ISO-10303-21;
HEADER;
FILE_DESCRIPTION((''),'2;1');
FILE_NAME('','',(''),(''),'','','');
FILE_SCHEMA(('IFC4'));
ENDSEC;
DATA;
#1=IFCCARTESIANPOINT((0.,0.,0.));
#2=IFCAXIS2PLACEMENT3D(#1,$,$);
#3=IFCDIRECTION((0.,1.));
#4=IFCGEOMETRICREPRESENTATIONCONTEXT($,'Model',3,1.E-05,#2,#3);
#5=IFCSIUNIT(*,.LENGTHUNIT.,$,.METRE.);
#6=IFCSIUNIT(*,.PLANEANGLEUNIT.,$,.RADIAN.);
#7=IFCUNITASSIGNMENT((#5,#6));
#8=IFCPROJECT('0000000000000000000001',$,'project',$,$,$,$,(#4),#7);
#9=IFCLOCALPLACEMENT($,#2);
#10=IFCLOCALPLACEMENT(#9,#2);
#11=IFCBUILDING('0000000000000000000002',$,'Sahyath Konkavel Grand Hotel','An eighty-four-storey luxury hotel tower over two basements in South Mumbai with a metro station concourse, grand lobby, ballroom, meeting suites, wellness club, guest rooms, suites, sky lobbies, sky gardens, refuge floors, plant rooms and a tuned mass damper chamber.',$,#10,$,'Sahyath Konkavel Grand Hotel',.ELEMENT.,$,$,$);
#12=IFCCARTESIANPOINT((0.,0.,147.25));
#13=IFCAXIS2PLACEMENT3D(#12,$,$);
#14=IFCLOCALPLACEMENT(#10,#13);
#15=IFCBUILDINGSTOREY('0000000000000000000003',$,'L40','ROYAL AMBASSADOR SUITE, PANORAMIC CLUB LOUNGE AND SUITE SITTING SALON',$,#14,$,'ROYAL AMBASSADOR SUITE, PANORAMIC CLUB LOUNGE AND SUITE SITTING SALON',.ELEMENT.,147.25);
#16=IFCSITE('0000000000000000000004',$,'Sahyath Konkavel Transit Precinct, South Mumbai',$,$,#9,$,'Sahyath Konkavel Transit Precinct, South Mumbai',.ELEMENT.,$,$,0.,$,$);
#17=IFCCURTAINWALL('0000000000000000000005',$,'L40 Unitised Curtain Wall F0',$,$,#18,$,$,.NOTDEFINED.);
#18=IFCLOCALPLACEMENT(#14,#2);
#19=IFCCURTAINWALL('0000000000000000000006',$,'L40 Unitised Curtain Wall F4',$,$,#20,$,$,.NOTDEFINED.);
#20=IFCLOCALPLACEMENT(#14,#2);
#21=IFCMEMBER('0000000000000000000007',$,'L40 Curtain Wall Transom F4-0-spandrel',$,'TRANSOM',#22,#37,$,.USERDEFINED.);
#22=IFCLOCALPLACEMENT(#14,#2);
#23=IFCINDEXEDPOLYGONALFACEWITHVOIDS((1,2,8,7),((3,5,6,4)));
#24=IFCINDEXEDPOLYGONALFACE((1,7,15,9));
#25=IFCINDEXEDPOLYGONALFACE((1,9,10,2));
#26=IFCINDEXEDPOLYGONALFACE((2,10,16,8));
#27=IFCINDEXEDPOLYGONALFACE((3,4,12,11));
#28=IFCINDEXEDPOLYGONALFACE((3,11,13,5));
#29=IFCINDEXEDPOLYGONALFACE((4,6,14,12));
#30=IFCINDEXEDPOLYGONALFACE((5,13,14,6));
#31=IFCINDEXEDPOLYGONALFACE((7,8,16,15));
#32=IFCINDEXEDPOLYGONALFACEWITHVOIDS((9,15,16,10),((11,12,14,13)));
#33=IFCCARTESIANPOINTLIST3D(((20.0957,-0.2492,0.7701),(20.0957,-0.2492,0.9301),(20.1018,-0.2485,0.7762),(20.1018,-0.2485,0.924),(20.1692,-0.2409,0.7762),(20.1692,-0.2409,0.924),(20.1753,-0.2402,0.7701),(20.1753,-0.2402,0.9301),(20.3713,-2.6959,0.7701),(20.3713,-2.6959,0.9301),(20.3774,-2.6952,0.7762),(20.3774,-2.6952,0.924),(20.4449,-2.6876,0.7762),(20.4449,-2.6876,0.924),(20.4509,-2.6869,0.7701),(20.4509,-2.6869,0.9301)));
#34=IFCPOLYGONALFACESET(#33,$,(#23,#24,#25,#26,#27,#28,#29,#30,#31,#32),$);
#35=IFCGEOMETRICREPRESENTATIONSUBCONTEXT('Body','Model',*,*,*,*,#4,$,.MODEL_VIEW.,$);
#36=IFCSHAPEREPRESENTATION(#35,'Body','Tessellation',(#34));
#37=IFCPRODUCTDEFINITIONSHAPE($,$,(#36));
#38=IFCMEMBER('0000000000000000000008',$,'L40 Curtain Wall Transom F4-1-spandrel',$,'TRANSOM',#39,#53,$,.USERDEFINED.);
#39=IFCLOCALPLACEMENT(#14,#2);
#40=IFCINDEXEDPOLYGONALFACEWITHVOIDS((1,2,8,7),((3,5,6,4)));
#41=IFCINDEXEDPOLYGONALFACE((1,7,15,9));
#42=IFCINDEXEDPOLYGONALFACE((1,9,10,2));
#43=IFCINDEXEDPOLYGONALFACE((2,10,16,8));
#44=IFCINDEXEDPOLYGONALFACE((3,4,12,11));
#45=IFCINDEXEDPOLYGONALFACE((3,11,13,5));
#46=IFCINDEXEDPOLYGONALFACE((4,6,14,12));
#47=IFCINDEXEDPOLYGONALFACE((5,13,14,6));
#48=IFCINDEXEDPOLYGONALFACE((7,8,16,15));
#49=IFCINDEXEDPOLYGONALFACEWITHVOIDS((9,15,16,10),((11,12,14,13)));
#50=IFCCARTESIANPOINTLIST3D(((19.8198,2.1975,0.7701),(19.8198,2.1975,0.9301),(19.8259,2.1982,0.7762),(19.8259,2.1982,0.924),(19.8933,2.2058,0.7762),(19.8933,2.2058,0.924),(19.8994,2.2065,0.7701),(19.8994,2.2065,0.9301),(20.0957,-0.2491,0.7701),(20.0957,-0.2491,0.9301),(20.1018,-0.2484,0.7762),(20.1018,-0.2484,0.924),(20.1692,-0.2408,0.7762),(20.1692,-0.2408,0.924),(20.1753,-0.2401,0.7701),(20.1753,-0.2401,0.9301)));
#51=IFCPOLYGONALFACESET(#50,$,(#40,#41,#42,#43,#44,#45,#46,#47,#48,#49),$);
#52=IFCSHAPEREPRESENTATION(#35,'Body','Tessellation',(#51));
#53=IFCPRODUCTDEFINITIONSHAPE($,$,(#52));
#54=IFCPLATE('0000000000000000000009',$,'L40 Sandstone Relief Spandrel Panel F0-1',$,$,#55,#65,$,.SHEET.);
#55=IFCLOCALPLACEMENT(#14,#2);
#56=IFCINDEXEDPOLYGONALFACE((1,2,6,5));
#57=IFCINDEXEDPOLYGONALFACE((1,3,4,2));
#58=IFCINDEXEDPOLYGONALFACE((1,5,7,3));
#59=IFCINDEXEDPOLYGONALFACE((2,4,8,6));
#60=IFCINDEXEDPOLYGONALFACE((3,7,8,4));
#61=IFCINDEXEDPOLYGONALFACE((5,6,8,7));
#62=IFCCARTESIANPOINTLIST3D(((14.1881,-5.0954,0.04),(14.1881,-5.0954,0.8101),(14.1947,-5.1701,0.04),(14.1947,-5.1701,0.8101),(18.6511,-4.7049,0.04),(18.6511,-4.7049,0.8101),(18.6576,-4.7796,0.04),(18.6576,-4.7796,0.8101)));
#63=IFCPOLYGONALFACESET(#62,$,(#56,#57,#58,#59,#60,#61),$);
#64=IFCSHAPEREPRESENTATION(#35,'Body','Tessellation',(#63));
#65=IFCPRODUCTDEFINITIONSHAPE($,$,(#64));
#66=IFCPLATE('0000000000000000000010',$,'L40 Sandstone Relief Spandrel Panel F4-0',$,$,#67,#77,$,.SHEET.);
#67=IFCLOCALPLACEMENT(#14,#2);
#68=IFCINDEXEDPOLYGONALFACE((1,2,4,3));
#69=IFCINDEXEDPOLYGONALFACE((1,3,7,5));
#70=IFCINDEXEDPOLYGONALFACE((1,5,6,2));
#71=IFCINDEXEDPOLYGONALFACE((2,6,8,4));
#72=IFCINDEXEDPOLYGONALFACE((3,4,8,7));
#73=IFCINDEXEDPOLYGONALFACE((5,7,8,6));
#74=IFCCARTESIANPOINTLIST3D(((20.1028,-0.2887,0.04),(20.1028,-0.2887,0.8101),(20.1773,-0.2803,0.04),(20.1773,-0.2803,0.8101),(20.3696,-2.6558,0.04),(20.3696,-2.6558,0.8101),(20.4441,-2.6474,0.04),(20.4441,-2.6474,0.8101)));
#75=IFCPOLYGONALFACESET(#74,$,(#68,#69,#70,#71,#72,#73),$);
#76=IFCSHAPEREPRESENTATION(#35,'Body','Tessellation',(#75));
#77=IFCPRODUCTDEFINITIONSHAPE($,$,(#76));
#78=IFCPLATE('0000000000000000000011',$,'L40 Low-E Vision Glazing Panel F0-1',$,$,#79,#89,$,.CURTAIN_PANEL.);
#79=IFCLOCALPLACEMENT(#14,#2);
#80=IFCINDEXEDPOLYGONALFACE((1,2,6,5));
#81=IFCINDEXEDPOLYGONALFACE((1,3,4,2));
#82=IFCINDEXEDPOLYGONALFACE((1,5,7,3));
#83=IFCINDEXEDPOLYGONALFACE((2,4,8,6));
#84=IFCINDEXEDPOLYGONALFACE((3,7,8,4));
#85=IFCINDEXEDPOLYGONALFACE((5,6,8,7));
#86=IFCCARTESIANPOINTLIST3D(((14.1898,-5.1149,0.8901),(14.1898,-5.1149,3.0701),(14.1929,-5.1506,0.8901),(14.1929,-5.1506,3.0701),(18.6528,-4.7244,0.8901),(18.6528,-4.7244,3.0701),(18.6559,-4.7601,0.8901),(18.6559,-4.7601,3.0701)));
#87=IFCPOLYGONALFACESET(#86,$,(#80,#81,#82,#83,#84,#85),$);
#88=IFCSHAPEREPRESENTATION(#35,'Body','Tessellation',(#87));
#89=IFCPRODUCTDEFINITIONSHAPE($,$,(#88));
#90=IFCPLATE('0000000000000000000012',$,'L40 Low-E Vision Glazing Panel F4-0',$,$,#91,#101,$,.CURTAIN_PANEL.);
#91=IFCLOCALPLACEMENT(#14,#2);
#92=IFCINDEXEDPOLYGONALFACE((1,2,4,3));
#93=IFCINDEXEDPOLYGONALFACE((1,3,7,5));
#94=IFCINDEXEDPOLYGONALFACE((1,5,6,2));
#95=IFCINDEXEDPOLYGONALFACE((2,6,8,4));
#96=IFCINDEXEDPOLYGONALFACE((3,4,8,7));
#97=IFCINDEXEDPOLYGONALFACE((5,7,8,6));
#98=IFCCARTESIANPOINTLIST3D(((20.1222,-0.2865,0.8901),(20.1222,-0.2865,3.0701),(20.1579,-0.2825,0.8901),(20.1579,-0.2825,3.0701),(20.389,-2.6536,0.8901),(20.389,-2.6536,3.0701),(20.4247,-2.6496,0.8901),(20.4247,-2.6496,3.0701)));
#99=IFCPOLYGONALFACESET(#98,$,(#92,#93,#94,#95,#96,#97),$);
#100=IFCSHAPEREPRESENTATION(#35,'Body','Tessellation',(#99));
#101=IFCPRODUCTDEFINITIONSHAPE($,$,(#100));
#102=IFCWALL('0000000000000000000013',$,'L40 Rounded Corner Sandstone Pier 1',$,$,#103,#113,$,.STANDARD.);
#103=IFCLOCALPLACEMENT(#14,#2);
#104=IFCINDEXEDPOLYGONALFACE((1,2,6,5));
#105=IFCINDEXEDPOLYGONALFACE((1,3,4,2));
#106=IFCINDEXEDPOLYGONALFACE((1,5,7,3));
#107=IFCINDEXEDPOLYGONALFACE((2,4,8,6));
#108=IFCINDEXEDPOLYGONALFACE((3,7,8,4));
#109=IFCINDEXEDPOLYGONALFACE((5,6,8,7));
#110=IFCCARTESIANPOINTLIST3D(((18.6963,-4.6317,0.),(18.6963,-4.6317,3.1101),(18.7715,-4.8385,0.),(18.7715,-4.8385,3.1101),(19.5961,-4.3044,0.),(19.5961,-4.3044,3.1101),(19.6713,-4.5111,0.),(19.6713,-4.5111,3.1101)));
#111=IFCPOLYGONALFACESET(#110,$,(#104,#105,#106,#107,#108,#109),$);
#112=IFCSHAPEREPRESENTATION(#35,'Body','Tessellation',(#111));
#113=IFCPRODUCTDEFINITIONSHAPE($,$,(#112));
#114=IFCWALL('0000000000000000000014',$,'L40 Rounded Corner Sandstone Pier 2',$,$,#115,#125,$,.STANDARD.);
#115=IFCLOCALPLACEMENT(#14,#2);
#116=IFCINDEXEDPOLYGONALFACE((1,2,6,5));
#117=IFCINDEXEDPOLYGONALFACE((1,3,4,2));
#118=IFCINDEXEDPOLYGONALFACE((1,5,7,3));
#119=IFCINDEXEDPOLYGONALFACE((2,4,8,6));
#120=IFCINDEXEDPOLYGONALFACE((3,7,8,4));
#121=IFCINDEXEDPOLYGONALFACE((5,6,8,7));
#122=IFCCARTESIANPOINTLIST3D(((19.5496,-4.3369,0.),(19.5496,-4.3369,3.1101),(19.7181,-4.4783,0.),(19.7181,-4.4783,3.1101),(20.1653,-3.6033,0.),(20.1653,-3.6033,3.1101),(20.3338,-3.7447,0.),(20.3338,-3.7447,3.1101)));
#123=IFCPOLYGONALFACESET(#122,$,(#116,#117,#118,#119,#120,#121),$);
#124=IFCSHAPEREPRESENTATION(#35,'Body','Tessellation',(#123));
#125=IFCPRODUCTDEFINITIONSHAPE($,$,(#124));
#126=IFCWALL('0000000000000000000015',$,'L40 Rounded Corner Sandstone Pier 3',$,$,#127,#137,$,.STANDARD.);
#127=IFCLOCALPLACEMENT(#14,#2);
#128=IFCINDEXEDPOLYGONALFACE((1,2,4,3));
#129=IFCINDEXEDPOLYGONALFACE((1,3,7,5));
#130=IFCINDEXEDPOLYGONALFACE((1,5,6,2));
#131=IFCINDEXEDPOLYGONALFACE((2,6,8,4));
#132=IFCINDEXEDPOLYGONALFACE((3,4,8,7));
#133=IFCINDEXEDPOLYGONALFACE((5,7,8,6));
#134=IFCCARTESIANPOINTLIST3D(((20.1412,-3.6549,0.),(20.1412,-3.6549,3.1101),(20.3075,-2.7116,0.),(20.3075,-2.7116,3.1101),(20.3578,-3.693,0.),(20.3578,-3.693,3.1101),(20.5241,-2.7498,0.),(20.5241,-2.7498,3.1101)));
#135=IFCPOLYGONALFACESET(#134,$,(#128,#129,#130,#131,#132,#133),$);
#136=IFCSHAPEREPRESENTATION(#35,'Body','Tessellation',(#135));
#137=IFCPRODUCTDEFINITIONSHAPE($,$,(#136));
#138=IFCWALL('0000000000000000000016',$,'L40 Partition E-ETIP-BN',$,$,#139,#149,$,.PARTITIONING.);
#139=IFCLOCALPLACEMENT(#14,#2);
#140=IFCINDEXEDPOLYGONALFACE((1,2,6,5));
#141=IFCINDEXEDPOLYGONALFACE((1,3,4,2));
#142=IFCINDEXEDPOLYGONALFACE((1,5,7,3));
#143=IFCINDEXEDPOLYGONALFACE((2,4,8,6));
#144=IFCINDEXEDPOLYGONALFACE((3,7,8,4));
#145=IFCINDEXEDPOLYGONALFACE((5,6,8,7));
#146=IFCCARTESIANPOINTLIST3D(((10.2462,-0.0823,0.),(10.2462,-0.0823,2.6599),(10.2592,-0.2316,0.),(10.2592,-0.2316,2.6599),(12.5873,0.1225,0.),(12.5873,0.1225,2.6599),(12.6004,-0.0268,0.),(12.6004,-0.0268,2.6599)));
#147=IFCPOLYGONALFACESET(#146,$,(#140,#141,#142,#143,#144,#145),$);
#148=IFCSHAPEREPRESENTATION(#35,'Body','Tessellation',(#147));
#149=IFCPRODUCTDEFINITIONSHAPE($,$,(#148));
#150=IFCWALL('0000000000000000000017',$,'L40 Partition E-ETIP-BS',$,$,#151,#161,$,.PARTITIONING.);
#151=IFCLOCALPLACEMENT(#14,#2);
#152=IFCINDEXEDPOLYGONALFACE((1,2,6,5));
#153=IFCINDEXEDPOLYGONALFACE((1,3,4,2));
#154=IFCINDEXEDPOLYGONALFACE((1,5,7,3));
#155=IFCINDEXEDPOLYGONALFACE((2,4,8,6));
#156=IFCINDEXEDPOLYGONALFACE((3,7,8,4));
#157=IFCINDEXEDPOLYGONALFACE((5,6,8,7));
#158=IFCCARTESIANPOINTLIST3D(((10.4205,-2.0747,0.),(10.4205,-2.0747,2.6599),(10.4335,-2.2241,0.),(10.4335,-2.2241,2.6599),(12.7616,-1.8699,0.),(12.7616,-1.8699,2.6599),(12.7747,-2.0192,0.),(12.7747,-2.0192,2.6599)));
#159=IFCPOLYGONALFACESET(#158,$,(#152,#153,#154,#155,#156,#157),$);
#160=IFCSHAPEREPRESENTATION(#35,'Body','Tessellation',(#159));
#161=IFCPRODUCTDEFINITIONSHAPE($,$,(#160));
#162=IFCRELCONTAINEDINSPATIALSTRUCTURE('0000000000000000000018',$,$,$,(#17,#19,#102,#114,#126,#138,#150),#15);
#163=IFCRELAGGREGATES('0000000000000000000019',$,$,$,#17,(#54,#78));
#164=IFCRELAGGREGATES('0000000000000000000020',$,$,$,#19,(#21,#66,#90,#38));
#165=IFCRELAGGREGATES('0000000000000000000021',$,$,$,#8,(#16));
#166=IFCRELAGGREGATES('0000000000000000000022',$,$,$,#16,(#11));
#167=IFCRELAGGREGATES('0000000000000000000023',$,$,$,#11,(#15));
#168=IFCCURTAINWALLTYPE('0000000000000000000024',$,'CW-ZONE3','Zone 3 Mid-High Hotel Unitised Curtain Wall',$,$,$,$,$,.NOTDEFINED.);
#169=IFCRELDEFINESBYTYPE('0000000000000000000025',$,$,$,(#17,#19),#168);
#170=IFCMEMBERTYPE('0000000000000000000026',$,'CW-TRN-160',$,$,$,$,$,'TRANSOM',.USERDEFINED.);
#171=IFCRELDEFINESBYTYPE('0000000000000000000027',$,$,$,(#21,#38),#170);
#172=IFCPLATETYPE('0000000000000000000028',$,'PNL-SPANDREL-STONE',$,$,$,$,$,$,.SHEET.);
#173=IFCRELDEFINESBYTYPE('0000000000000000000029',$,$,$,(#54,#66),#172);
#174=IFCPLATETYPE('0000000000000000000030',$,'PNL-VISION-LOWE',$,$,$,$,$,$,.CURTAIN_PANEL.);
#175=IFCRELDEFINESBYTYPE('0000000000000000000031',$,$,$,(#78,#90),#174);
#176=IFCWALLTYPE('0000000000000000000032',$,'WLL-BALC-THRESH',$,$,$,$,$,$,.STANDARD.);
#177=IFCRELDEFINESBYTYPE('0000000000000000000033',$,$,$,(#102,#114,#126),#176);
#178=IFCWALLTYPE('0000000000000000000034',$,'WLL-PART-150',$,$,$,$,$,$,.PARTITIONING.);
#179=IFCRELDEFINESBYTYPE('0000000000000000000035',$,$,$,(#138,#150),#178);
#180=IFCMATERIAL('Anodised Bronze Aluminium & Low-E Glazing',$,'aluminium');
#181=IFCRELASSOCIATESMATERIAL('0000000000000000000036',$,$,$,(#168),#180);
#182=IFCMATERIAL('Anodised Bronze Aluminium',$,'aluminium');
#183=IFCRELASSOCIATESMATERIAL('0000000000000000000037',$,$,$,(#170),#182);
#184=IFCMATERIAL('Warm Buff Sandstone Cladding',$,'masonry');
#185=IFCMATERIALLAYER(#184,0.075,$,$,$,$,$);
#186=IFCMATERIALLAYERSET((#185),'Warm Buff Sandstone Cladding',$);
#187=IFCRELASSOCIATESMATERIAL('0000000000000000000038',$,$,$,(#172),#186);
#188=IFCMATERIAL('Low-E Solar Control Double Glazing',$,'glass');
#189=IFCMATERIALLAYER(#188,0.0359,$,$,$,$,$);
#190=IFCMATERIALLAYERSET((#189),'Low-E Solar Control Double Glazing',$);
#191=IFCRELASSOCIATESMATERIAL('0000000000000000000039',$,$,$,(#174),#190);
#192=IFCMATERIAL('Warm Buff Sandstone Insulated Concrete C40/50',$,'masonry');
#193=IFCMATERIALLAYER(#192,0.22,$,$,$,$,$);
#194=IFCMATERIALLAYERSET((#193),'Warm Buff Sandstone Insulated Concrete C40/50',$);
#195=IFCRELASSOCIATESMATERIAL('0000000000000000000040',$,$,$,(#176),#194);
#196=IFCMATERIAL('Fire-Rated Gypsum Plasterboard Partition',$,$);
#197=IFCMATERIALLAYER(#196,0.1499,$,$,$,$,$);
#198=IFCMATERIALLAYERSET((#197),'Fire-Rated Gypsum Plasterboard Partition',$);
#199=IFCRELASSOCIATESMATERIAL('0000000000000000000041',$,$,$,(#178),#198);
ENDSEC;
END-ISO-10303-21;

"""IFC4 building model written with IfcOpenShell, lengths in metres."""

from ifc_helpers import new_model, si_unit, direction, frame, frame_2d, origin, origin_2d, place, context, subcontext, project, spatial, rectangle, hollow_rectangle, extrude, source, transform, mapped, material, layer, layer_set, material_profile, profile_set, type_object, element, aggregate, save


model = new_model("IFC4")

# Units and contexts
model_context = context("Model", 3, precision=1e-05, world=origin(), true_north=direction((0.0, 1.0)))
body_context = subcontext(model_context, "Body", "Model", "MODEL_VIEW")
ifc_project = project(units=[si_unit("LENGTHUNIT", "METRE"), si_unit("PLANEANGLEUNIT", "RADIAN")], contexts=[model_context])

# Site, building, storey
site_placement = place(None, origin())
site = spatial("IfcSite", under=ifc_project, at=site_placement, Name="Sahyath Konkavel Transit Precinct, South Mumbai", LongName="Sahyath Konkavel Transit Precinct, South Mumbai", CompositionType="ELEMENT", RefElevation=0.0)
building_placement = place(site_placement, origin())
building = spatial("IfcBuilding", under=site, at=building_placement, Name="Sahyath Konkavel Grand Hotel", Description="An eighty-four-storey luxury hotel tower over two basements in South Mumbai with a metro station concourse, grand lobby, ballroom, meeting suites, wellness club, guest rooms, suites, sky lobbies, sky gardens, refuge floors, plant rooms and a tuned mass damper chamber.", LongName="Sahyath Konkavel Grand Hotel", CompositionType="ELEMENT")
storey_placement = place(building_placement, frame((0.0, 0.0, 147.25)))
storey = spatial("IfcBuildingStorey", under=building, at=storey_placement, Name="L40", Description="ROYAL AMBASSADOR SUITE, PANORAMIC CLUB LOUNGE AND SUITE SITTING SALON", LongName="ROYAL AMBASSADOR SUITE, PANORAMIC CLUB LOUNGE AND SUITE SITTING SALON", CompositionType="ELEMENT", Elevation=147.25)

# Curtain wall
ifc_material_1 = material(Name="Anodised Bronze Aluminium & Low-E Glazing", Category="aluminium")
curtain_wall_type = type_object("IfcCurtainWallType", Name="CW-ZONE3", Description="Zone 3 Mid-High Hotel Unitised Curtain Wall", PredefinedType="NOTDEFINED", material=ifc_material_1)
curtain_wall_1_placement = place(storey_placement, origin())
curtain_wall_1 = element("IfcCurtainWall", 1, at=curtain_wall_1_placement, inside=storey, type_object=curtain_wall_type, Name="L40 Unitised Curtain Wall F0", PredefinedType="NOTDEFINED")
ifc_material_2 = material(Name="Anodised Bronze Aluminium", Category="aluminium")

# Curtain wall
curtain_wall_2_placement = place(storey_placement, origin())
curtain_wall_2 = element("IfcCurtainWall", 2, at=curtain_wall_2_placement, inside=storey, type_object=curtain_wall_type, Name="L40 Unitised Curtain Wall F4", PredefinedType="NOTDEFINED")

# Members
ifc_material_profile_1 = material_profile(ifc_material_2, hollow_rectangle(XDim=0.0801, YDim=0.1599, WallThickness=0.0061, at=origin_2d()), Name="RHS 160x80x6")
ifc_profile_set_1 = profile_set([ifc_material_profile_1], Name="Anodised Bronze Aluminium")
member_type_1 = type_object("IfcMemberType", Name="CW-TRN-160", ElementType="TRANSOM", PredefinedType="USERDEFINED", material=ifc_profile_set_1)
shared_shape_1 = source(origin(), body_context, "Body", "SweptSolid", [
    extrude(hollow_rectangle(XDim=0.0801, YDim=0.1599, WallThickness=0.0061, at=origin_2d()), origin(), (0.0, 0.0, 1.0), 2.4622),
])
member_1_placement = place(storey_placement, frame((20.4111, -2.6914, 0.8501), z_axis=(-0.111944, 0.993715, 0.0), x_axis=(-0.993715, -0.111944, 0.0)))
member_1 = element("IfcMember", 3, at=member_1_placement, type_object=member_type_1, Name="L40 Curtain Wall Transom F4-0-spandrel", ObjectType="TRANSOM", PredefinedType="USERDEFINED", context=body_context, shape_type="MappedRepresentation", body=[
    mapped(shared_shape_1, transform((0.0, 0.0, 0.0), scale=1.0)),
])
member_2_placement = place(storey_placement, frame((20.1355, -0.2446, 0.8501), z_axis=(-0.112053, 0.993702, 0.0), x_axis=(-0.993702, -0.112053, 0.0)))
member_2 = element("IfcMember", 4, at=member_2_placement, type_object=member_type_1, Name="L40 Curtain Wall Transom F4-1-spandrel", ObjectType="TRANSOM", PredefinedType="USERDEFINED", context=body_context, shape_type="MappedRepresentation", body=[
    mapped(shared_shape_1, transform((0.0, 0.0, 0.0), scale=1.0)),
])

# Plates
ifc_material_3 = material(Name="Warm Buff Sandstone Cladding", Category="masonry")
ifc_layer_1 = layer(ifc_material_3, 0.075)
ifc_layer_set_1 = layer_set([ifc_layer_1], Name="Warm Buff Sandstone Cladding")
plate_type_1 = type_object("IfcPlateType", Name="PNL-SPANDREL-STONE", PredefinedType="SHEET", material=ifc_layer_set_1)
shared_shape_2 = source(origin(), body_context, "Body", "SweptSolid", [
    extrude(rectangle(XDim=4.48, YDim=0.075, at=origin_2d()), origin(), (0.0, 0.0, 1.0), 0.77),
])
plate_1_placement = place(storey_placement, frame((16.4229, -4.9375, 0.04), z_axis=(0.0, 0.0, 1.0), x_axis=(0.996195, 0.087156, 0.0)))
plate_1 = element("IfcPlate", 5, at=plate_1_placement, type_object=plate_type_1, Name="L40 Sandstone Relief Spandrel Panel F0-1", PredefinedType="SHEET", context=body_context, shape_type="MappedRepresentation", body=[
    mapped(shared_shape_2, transform((0.0, 0.0, 0.0), scale=1.0)),
])
shared_shape_3 = source(origin(), body_context, "Body", "SweptSolid", [
    extrude(rectangle(XDim=2.3821, YDim=0.075, at=origin_2d()), origin(), (0.0, 0.0, 1.0), 0.77),
])
plate_2_placement = place(storey_placement, frame((20.2734, -1.468, 0.04), z_axis=(0.0, 0.0, 1.0), x_axis=(-0.111989, 0.993709, 0.0)))
plate_2 = element("IfcPlate", 6, at=plate_2_placement, type_object=plate_type_1, Name="L40 Sandstone Relief Spandrel Panel F4-0", PredefinedType="SHEET", context=body_context, shape_type="MappedRepresentation", body=[
    mapped(shared_shape_3, transform((0.0, 0.0, 0.0), scale=1.0)),
])
ifc_material_4 = material(Name="Low-E Solar Control Double Glazing", Category="glass")
ifc_layer_2 = layer(ifc_material_4, 0.0359)
ifc_layer_set_2 = layer_set([ifc_layer_2], Name="Low-E Solar Control Double Glazing")
plate_type_2 = type_object("IfcPlateType", Name="PNL-VISION-LOWE", PredefinedType="CURTAIN_PANEL", material=ifc_layer_set_2)
shared_shape_4 = source(origin(), body_context, "Body", "SweptSolid", [
    extrude(rectangle(XDim=4.48, YDim=0.0359, at=origin_2d()), origin(), (0.0, 0.0, 1.0), 2.1799),
])
plate_3_placement = place(storey_placement, frame((16.4229, -4.9375, 0.8901), z_axis=(0.0, 0.0, 1.0), x_axis=(0.996195, 0.087156, 0.0)))
plate_3 = element("IfcPlate", 7, at=plate_3_placement, type_object=plate_type_2, Name="L40 Low-E Vision Glazing Panel F0-1", PredefinedType="CURTAIN_PANEL", context=body_context, shape_type="MappedRepresentation", body=[
    mapped(shared_shape_4, transform((0.0, 0.0, 0.0), scale=1.0)),
])
aggregate(curtain_wall_1, [plate_1, plate_3])
shared_shape_5 = source(origin(), body_context, "Body", "SweptSolid", [
    extrude(rectangle(XDim=2.3821, YDim=0.0359, at=origin_2d()), origin(), (0.0, 0.0, 1.0), 2.1799),
])
plate_4_placement = place(storey_placement, frame((20.2734, -1.468, 0.8901), z_axis=(0.0, 0.0, 1.0), x_axis=(-0.111989, 0.993709, 0.0)))
plate_4 = element("IfcPlate", 8, at=plate_4_placement, type_object=plate_type_2, Name="L40 Low-E Vision Glazing Panel F4-0", PredefinedType="CURTAIN_PANEL", context=body_context, shape_type="MappedRepresentation", body=[
    mapped(shared_shape_5, transform((0.0, 0.0, 0.0), scale=1.0)),
])
aggregate(curtain_wall_2, [member_1, plate_2, plate_4, member_2])

# Walls
ifc_material_5 = material(Name="Warm Buff Sandstone Insulated Concrete C40/50", Category="masonry")
ifc_layer_3 = layer(ifc_material_5, 0.22)
ifc_layer_set_3 = layer_set([ifc_layer_3], Name="Warm Buff Sandstone Insulated Concrete C40/50")
wall_type_1 = type_object("IfcWallType", Name="WLL-BALC-THRESH", PredefinedType="STANDARD", material=ifc_layer_set_3)
wall_1_placement = place(storey_placement, frame((18.7339, -4.7351, 0.0), z_axis=(0.0, 0.0, 1.0), x_axis=(0.939741, 0.341886, 0.0)))
element("IfcWall", 9, at=wall_1_placement, inside=storey, type_object=wall_type_1, Name="L40 Rounded Corner Sandstone Pier 1", PredefinedType="STANDARD", context=body_context, shape_type="SweptSolid", body=[
    extrude(rectangle(XDim=0.9575, YDim=0.22, at=frame_2d((0.4788, 0.0))), origin(), (0.0, 0.0, 1.0), 3.1101),
])
for number, where, z_axis, x_axis, name in (
    (10, (19.6338, -4.4077, 0.0), (0.0, 0.0, 1.0), (0.642863, 0.765981, 0.0), "L40 Rounded Corner Sandstone Pier 2"),
    (11, (20.2495, -3.6741, 0.0), (0.0, 0.0, 1.0), (0.173611, 0.984814, 0.0), "L40 Rounded Corner Sandstone Pier 3"),
):
    element("IfcWall", number, at=place(storey_placement, frame(where, z_axis=z_axis, x_axis=x_axis)), inside=storey, type_object=wall_type_1, Name=name, PredefinedType="STANDARD", context=body_context, shape_type="SweptSolid", body=[
        extrude(rectangle(XDim=0.9578, YDim=0.22, at=frame_2d((0.479, 0.0))), origin(), (0.0, 0.0, 1.0), 3.1101),
    ])
ifc_material_6 = material(Name="Fire-Rated Gypsum Plasterboard Partition")
ifc_layer_4 = layer(ifc_material_6, 0.1499)
ifc_layer_set_4 = layer_set([ifc_layer_4], Name="Fire-Rated Gypsum Plasterboard Partition")
wall_type_2 = type_object("IfcWallType", Name="WLL-PART-150", PredefinedType="PARTITIONING", material=ifc_layer_set_4)
for number, where, z_axis, x_axis, name in (
    (12, (10.2527, -0.157, 0.0), (0.0, 0.0, 1.0), (0.996194, 0.087163, 0.0), "L40 Partition E-ETIP-BN"),
    (13, (10.427, -2.1494, 0.0), (0.0, 0.0, 1.0), (0.996194, 0.087163, 0.0), "L40 Partition E-ETIP-BS"),
):
    element("IfcWall", number, at=place(storey_placement, frame(where, z_axis=z_axis, x_axis=x_axis)), inside=storey, type_object=wall_type_2, Name=name, PredefinedType="PARTITIONING", context=body_context, shape_type="SweptSolid", body=[
        extrude(rectangle(XDim=2.3501, YDim=0.1499, at=frame_2d((1.175, 0.0))), origin(), (0.0, 0.0, 1.0), 2.6599),
    ])

save(model, "model.ifc")
